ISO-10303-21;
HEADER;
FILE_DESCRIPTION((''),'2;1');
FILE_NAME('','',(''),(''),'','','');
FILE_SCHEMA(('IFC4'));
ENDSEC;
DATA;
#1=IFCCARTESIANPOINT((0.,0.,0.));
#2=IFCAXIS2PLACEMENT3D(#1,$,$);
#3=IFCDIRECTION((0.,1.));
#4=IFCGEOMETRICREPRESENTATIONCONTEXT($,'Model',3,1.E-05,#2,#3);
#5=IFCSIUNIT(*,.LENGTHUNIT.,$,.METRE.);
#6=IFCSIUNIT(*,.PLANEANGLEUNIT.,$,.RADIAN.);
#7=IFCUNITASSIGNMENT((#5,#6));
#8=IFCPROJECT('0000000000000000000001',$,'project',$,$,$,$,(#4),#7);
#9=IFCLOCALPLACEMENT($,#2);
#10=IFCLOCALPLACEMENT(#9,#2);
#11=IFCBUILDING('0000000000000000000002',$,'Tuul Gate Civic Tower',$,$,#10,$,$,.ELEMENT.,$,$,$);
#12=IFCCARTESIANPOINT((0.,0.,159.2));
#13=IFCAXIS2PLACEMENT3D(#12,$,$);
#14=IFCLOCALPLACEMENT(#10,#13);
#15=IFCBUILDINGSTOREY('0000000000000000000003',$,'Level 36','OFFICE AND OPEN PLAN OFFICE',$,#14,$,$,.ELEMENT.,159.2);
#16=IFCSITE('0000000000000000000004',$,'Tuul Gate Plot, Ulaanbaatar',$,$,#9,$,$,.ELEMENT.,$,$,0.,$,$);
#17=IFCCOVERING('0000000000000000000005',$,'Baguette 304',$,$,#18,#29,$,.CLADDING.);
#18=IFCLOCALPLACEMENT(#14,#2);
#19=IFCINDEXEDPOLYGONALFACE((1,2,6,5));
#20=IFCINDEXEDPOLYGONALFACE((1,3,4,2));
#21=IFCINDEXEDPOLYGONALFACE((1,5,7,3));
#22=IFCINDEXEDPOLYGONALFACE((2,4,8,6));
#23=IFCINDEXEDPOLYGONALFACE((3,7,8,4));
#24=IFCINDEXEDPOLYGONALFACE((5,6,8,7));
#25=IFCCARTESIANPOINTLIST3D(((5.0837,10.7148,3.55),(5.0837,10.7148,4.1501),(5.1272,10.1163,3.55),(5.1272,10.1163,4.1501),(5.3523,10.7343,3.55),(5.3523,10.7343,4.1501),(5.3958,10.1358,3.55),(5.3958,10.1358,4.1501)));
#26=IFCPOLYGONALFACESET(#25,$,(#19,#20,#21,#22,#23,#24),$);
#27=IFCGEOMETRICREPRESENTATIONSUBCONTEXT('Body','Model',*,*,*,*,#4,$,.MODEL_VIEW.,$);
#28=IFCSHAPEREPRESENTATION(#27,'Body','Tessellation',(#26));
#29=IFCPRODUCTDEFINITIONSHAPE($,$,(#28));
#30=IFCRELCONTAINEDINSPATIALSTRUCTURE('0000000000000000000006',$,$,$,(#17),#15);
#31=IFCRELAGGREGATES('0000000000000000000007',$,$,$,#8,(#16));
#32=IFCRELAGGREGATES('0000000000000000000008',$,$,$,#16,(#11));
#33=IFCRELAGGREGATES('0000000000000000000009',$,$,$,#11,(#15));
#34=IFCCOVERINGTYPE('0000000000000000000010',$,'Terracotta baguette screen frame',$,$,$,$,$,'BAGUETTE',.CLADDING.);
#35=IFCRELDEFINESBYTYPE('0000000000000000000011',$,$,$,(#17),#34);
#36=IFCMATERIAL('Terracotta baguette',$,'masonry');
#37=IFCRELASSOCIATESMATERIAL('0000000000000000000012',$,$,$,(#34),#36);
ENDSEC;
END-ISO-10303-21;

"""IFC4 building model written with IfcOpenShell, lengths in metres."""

from ifc_helpers import new_model, si_unit, direction, frame, origin, origin_2d, place, context, subcontext, project, spatial, rectangle, extrude, material, material_profile, profile_set, type_object, element, save


model = new_model("IFC4")

# Units and contexts
model_context = context("Model", 3, precision=1e-05, world=origin(), true_north=direction((0.0, 1.0)))
body_context = subcontext(model_context, "Body", "Model", "MODEL_VIEW")
ifc_project = project(units=[si_unit("LENGTHUNIT", "METRE"), si_unit("PLANEANGLEUNIT", "RADIAN")], contexts=[model_context])

# Site, building, storey
site_placement = place(None, origin())
site = spatial("IfcSite", under=ifc_project, at=site_placement, Name="Tuul Gate Plot, Ulaanbaatar", CompositionType="ELEMENT", RefElevation=0.0)
building_placement = place(site_placement, origin())
building = spatial("IfcBuilding", under=site, at=building_placement, Name="Tuul Gate Civic Tower", CompositionType="ELEMENT")
storey_placement = place(building_placement, frame((0.0, 0.0, 159.2)))
storey = spatial("IfcBuildingStorey", under=building, at=storey_placement, Name="Level 36", Description="OFFICE AND OPEN PLAN OFFICE", CompositionType="ELEMENT", Elevation=159.2)

# Covering
ifc_material_1 = material(Name="Terracotta baguette", Category="masonry")
ifc_material_profile_1 = material_profile(ifc_material_1, rectangle(XDim=0.6001, YDim=0.6001, at=origin_2d()), Name="Terracotta baguette screen frame")
ifc_profile_set_1 = profile_set([ifc_material_profile_1], Name="Terracotta baguette")
covering_type = type_object("IfcCoveringType", Name="Terracotta baguette screen frame", ElementType="BAGUETTE", PredefinedType="CLADDING", material=ifc_profile_set_1)
covering_1_placement = place(storey_placement, frame((5.374, 10.4351, 3.8501), z_axis=(-0.997366, -0.072536, 0.0), x_axis=(0.072536, -0.997366, 0.0)))
element("IfcCovering", 1, at=covering_1_placement, inside=storey, type_object=covering_type, Name="Baguette 304", PredefinedType="CLADDING", context=body_context, shape_type="SweptSolid", body=[
    extrude(rectangle(XDim=0.6001, YDim=0.6001, at=origin_2d()), origin(), (0.0, 0.0, 1.0), 0.2693),
])

save(model, "model.ifc")
